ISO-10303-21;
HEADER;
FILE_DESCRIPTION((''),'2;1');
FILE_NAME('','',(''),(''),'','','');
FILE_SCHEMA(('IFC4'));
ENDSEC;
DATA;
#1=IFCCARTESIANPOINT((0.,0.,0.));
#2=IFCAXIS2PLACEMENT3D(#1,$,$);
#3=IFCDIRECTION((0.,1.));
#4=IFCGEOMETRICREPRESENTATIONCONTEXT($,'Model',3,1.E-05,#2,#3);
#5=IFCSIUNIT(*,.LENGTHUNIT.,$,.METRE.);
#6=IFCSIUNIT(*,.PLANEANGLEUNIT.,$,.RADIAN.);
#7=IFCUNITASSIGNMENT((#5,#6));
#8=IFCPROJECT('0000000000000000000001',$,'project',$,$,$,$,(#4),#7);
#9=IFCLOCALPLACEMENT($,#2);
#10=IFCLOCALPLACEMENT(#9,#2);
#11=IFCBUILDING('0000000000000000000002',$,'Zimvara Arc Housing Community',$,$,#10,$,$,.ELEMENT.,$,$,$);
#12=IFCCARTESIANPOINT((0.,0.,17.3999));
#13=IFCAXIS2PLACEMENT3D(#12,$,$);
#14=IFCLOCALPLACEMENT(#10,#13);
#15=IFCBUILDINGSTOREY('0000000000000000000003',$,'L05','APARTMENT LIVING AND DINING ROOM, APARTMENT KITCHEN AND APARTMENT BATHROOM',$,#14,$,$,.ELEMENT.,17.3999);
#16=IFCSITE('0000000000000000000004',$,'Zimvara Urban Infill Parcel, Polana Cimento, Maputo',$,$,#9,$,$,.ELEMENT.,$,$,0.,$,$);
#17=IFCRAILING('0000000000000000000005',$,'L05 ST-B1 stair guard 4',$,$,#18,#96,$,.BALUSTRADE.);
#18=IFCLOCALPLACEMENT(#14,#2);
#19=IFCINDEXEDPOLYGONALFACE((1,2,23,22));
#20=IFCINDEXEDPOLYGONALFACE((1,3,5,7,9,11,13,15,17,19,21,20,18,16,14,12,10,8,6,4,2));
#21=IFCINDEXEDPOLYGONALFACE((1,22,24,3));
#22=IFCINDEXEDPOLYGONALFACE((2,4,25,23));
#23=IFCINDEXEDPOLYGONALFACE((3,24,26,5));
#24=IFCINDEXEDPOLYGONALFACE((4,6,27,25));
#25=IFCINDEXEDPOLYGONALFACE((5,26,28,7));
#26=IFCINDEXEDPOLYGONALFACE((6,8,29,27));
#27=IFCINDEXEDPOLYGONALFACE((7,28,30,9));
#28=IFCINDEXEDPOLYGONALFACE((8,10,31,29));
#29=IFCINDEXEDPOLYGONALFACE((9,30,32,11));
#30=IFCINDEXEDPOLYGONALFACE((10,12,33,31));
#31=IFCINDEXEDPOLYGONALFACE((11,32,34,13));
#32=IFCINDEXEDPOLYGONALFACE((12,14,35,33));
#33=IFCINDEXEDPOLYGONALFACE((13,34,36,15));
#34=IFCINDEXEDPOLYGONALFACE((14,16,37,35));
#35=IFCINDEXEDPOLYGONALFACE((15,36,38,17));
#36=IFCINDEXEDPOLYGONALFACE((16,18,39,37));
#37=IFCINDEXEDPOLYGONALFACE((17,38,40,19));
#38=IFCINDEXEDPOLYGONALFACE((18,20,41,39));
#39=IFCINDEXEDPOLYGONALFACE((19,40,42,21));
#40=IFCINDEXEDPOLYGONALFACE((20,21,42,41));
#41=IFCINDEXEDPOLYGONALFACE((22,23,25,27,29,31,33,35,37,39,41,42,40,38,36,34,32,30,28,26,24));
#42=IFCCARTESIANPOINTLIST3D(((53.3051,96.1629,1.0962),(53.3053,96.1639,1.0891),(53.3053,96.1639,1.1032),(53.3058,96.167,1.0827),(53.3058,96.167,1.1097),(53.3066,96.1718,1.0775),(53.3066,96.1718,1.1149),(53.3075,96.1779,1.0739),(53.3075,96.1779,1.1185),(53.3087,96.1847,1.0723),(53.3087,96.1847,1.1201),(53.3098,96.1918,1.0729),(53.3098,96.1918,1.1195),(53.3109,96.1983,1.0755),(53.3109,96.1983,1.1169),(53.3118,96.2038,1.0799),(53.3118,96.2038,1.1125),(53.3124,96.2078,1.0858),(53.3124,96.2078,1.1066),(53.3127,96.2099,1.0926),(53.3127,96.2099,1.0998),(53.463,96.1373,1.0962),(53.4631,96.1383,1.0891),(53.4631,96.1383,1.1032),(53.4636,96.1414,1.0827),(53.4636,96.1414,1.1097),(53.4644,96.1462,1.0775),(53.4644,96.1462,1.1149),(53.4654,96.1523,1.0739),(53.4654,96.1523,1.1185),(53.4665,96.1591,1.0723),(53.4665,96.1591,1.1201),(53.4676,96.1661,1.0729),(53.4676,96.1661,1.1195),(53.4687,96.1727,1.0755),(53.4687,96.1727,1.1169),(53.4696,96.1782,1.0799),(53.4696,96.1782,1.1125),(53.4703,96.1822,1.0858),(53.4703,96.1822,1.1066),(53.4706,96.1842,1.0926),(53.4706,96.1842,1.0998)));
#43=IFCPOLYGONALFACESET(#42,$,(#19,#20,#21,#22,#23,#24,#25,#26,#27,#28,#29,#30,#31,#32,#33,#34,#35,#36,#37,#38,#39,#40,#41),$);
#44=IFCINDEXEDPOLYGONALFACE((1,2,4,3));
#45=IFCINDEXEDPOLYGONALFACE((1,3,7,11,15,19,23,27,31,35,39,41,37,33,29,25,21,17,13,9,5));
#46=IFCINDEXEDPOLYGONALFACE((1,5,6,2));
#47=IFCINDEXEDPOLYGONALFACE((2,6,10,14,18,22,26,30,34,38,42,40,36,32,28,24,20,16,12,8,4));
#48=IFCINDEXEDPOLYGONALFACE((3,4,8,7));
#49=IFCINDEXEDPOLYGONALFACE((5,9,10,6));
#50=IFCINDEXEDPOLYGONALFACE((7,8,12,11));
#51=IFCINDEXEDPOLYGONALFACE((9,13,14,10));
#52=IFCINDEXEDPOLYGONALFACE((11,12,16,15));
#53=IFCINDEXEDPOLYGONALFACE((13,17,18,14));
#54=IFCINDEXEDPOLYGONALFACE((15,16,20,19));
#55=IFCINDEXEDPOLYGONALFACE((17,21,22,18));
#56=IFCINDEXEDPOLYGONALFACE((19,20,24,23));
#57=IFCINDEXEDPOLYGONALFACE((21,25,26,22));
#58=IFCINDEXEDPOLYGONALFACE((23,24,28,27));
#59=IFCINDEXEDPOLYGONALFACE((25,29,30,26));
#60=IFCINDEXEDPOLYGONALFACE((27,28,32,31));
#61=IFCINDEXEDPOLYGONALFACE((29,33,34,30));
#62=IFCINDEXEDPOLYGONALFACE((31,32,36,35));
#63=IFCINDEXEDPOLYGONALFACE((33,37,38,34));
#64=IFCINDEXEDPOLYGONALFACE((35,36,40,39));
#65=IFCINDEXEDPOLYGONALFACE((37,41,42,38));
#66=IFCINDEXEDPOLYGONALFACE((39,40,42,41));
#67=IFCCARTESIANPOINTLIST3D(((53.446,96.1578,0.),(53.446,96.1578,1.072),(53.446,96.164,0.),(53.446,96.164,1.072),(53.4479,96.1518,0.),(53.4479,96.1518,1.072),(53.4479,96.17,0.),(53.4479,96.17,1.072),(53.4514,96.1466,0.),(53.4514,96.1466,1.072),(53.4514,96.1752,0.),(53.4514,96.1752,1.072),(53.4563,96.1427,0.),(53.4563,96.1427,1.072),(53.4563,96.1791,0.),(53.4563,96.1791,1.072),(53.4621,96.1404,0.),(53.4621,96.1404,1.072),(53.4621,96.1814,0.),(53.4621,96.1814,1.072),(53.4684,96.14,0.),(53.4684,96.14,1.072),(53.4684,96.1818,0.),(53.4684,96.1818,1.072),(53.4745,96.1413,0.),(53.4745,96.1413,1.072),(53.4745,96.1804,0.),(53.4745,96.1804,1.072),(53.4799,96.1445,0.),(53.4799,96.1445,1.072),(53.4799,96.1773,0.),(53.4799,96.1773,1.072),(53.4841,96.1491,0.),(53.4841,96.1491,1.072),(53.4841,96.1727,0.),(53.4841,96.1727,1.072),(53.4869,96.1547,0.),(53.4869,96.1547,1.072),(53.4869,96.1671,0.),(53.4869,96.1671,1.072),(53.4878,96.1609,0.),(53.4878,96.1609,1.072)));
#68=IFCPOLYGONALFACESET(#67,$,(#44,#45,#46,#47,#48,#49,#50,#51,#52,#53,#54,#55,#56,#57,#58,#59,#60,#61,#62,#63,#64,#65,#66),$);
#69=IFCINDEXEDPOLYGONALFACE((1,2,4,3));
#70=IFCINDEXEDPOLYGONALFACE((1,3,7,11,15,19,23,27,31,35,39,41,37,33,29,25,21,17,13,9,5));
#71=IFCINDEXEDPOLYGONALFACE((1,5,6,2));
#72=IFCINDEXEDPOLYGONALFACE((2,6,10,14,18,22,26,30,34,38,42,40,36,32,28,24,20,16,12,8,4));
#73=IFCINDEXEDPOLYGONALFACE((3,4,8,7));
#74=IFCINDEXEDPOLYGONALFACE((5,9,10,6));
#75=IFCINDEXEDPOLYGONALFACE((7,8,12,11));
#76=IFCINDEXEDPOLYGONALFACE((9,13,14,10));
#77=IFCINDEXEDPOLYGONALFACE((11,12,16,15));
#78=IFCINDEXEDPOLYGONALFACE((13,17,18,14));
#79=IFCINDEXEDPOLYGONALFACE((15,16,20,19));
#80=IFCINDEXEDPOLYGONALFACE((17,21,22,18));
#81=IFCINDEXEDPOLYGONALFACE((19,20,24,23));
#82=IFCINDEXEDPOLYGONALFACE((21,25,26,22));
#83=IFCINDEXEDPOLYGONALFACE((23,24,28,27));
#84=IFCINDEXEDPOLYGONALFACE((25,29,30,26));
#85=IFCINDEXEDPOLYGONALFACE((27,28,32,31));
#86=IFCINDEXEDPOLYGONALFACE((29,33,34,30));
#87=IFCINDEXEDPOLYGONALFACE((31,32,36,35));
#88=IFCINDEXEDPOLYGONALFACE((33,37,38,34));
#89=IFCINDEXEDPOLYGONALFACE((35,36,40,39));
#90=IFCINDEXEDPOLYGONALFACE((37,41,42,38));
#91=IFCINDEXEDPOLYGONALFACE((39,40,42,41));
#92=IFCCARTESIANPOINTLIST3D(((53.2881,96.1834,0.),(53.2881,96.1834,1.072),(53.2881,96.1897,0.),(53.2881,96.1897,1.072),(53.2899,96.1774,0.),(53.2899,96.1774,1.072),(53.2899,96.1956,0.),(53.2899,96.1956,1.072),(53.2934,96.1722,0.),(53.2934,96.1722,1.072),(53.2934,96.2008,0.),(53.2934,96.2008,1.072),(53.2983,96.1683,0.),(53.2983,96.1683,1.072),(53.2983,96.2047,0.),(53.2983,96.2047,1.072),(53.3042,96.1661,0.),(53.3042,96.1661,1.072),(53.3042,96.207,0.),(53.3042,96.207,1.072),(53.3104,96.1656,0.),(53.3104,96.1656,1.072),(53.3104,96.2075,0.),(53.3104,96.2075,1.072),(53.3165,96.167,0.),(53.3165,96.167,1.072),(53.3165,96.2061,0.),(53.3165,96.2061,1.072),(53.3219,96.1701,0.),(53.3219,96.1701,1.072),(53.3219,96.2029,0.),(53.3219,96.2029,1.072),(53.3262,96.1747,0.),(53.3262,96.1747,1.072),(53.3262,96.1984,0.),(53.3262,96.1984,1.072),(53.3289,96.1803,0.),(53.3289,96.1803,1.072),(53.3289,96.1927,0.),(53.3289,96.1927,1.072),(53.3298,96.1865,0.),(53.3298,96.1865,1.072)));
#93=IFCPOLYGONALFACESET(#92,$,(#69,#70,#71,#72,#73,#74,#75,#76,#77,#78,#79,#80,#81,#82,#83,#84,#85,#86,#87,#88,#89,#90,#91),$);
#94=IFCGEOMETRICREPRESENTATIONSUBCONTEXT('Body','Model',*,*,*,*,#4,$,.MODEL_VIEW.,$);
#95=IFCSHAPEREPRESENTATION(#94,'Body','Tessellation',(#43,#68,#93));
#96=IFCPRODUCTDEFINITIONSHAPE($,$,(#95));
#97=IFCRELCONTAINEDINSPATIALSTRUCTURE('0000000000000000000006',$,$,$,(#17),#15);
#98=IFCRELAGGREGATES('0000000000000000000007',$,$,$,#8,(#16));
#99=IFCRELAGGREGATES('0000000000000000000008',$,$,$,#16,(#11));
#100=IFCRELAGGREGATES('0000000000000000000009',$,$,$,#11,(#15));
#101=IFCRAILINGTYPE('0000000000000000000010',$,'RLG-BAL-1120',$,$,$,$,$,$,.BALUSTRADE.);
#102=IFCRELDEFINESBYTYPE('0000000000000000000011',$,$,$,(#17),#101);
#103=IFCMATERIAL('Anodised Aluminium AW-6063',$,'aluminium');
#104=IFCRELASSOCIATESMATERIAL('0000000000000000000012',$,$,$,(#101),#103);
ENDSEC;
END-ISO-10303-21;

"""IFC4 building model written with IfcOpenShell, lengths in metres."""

from ifc_helpers import new_model, si_unit, direction, frame, origin, origin_2d, place, context, subcontext, project, spatial, circle, extrude, material, type_object, element, save


model = new_model("IFC4")

# Units and contexts
model_context = context("Model", 3, precision=1e-05, world=origin(), true_north=direction((0.0, 1.0)))
body_context = subcontext(model_context, "Body", "Model", "MODEL_VIEW")
ifc_project = project(units=[si_unit("LENGTHUNIT", "METRE"), si_unit("PLANEANGLEUNIT", "RADIAN")], contexts=[model_context])

# Site, building, storey
site_placement = place(None, origin())
site = spatial("IfcSite", under=ifc_project, at=site_placement, Name="Zimvara Urban Infill Parcel, Polana Cimento, Maputo", CompositionType="ELEMENT", RefElevation=0.0)
building_placement = place(site_placement, origin())
building = spatial("IfcBuilding", under=site, at=building_placement, Name="Zimvara Arc Housing Community", CompositionType="ELEMENT")
storey_placement = place(building_placement, frame((0.0, 0.0, 17.3999)))
storey = spatial("IfcBuildingStorey", under=building, at=storey_placement, Name="L05", Description="APARTMENT LIVING AND DINING ROOM, APARTMENT KITCHEN AND APARTMENT BATHROOM", CompositionType="ELEMENT", Elevation=17.3999)

# Railing
ifc_material_1 = material(Name="Anodised Aluminium AW-6063", Category="aluminium")
railing_type_1 = type_object("IfcRailingType", Name="RLG-BAL-1120", PredefinedType="BALUSTRADE", material=ifc_material_1)
railing_1_placement = place(storey_placement, frame((53.4668, 96.1609, 0.0)))
element("IfcRailing", 1, at=railing_1_placement, inside=storey, type_object=railing_type_1, Name="L05 ST-B1 stair guard 4", PredefinedType="BALUSTRADE", context=body_context, shape_type="SweptSolid", body=[
    extrude(circle(Radius=0.0239, at=origin_2d()), frame((0.0, 0.0, 1.0962), z_axis=(-0.987086, 0.160192, 0.0), x_axis=(-0.160192, -0.987086, 0.0)), (0.0, 0.0, 1.0), 0.1599),
    extrude(circle(Radius=0.021, at=origin_2d()), origin(), (0.0, 0.0, 1.0), 1.072),
    extrude(circle(Radius=0.021, at=origin_2d()), frame((-0.158, 0.0256, 0.0)), (0.0, 0.0, 1.0), 1.072),
])

save(model, "model.ifc")
